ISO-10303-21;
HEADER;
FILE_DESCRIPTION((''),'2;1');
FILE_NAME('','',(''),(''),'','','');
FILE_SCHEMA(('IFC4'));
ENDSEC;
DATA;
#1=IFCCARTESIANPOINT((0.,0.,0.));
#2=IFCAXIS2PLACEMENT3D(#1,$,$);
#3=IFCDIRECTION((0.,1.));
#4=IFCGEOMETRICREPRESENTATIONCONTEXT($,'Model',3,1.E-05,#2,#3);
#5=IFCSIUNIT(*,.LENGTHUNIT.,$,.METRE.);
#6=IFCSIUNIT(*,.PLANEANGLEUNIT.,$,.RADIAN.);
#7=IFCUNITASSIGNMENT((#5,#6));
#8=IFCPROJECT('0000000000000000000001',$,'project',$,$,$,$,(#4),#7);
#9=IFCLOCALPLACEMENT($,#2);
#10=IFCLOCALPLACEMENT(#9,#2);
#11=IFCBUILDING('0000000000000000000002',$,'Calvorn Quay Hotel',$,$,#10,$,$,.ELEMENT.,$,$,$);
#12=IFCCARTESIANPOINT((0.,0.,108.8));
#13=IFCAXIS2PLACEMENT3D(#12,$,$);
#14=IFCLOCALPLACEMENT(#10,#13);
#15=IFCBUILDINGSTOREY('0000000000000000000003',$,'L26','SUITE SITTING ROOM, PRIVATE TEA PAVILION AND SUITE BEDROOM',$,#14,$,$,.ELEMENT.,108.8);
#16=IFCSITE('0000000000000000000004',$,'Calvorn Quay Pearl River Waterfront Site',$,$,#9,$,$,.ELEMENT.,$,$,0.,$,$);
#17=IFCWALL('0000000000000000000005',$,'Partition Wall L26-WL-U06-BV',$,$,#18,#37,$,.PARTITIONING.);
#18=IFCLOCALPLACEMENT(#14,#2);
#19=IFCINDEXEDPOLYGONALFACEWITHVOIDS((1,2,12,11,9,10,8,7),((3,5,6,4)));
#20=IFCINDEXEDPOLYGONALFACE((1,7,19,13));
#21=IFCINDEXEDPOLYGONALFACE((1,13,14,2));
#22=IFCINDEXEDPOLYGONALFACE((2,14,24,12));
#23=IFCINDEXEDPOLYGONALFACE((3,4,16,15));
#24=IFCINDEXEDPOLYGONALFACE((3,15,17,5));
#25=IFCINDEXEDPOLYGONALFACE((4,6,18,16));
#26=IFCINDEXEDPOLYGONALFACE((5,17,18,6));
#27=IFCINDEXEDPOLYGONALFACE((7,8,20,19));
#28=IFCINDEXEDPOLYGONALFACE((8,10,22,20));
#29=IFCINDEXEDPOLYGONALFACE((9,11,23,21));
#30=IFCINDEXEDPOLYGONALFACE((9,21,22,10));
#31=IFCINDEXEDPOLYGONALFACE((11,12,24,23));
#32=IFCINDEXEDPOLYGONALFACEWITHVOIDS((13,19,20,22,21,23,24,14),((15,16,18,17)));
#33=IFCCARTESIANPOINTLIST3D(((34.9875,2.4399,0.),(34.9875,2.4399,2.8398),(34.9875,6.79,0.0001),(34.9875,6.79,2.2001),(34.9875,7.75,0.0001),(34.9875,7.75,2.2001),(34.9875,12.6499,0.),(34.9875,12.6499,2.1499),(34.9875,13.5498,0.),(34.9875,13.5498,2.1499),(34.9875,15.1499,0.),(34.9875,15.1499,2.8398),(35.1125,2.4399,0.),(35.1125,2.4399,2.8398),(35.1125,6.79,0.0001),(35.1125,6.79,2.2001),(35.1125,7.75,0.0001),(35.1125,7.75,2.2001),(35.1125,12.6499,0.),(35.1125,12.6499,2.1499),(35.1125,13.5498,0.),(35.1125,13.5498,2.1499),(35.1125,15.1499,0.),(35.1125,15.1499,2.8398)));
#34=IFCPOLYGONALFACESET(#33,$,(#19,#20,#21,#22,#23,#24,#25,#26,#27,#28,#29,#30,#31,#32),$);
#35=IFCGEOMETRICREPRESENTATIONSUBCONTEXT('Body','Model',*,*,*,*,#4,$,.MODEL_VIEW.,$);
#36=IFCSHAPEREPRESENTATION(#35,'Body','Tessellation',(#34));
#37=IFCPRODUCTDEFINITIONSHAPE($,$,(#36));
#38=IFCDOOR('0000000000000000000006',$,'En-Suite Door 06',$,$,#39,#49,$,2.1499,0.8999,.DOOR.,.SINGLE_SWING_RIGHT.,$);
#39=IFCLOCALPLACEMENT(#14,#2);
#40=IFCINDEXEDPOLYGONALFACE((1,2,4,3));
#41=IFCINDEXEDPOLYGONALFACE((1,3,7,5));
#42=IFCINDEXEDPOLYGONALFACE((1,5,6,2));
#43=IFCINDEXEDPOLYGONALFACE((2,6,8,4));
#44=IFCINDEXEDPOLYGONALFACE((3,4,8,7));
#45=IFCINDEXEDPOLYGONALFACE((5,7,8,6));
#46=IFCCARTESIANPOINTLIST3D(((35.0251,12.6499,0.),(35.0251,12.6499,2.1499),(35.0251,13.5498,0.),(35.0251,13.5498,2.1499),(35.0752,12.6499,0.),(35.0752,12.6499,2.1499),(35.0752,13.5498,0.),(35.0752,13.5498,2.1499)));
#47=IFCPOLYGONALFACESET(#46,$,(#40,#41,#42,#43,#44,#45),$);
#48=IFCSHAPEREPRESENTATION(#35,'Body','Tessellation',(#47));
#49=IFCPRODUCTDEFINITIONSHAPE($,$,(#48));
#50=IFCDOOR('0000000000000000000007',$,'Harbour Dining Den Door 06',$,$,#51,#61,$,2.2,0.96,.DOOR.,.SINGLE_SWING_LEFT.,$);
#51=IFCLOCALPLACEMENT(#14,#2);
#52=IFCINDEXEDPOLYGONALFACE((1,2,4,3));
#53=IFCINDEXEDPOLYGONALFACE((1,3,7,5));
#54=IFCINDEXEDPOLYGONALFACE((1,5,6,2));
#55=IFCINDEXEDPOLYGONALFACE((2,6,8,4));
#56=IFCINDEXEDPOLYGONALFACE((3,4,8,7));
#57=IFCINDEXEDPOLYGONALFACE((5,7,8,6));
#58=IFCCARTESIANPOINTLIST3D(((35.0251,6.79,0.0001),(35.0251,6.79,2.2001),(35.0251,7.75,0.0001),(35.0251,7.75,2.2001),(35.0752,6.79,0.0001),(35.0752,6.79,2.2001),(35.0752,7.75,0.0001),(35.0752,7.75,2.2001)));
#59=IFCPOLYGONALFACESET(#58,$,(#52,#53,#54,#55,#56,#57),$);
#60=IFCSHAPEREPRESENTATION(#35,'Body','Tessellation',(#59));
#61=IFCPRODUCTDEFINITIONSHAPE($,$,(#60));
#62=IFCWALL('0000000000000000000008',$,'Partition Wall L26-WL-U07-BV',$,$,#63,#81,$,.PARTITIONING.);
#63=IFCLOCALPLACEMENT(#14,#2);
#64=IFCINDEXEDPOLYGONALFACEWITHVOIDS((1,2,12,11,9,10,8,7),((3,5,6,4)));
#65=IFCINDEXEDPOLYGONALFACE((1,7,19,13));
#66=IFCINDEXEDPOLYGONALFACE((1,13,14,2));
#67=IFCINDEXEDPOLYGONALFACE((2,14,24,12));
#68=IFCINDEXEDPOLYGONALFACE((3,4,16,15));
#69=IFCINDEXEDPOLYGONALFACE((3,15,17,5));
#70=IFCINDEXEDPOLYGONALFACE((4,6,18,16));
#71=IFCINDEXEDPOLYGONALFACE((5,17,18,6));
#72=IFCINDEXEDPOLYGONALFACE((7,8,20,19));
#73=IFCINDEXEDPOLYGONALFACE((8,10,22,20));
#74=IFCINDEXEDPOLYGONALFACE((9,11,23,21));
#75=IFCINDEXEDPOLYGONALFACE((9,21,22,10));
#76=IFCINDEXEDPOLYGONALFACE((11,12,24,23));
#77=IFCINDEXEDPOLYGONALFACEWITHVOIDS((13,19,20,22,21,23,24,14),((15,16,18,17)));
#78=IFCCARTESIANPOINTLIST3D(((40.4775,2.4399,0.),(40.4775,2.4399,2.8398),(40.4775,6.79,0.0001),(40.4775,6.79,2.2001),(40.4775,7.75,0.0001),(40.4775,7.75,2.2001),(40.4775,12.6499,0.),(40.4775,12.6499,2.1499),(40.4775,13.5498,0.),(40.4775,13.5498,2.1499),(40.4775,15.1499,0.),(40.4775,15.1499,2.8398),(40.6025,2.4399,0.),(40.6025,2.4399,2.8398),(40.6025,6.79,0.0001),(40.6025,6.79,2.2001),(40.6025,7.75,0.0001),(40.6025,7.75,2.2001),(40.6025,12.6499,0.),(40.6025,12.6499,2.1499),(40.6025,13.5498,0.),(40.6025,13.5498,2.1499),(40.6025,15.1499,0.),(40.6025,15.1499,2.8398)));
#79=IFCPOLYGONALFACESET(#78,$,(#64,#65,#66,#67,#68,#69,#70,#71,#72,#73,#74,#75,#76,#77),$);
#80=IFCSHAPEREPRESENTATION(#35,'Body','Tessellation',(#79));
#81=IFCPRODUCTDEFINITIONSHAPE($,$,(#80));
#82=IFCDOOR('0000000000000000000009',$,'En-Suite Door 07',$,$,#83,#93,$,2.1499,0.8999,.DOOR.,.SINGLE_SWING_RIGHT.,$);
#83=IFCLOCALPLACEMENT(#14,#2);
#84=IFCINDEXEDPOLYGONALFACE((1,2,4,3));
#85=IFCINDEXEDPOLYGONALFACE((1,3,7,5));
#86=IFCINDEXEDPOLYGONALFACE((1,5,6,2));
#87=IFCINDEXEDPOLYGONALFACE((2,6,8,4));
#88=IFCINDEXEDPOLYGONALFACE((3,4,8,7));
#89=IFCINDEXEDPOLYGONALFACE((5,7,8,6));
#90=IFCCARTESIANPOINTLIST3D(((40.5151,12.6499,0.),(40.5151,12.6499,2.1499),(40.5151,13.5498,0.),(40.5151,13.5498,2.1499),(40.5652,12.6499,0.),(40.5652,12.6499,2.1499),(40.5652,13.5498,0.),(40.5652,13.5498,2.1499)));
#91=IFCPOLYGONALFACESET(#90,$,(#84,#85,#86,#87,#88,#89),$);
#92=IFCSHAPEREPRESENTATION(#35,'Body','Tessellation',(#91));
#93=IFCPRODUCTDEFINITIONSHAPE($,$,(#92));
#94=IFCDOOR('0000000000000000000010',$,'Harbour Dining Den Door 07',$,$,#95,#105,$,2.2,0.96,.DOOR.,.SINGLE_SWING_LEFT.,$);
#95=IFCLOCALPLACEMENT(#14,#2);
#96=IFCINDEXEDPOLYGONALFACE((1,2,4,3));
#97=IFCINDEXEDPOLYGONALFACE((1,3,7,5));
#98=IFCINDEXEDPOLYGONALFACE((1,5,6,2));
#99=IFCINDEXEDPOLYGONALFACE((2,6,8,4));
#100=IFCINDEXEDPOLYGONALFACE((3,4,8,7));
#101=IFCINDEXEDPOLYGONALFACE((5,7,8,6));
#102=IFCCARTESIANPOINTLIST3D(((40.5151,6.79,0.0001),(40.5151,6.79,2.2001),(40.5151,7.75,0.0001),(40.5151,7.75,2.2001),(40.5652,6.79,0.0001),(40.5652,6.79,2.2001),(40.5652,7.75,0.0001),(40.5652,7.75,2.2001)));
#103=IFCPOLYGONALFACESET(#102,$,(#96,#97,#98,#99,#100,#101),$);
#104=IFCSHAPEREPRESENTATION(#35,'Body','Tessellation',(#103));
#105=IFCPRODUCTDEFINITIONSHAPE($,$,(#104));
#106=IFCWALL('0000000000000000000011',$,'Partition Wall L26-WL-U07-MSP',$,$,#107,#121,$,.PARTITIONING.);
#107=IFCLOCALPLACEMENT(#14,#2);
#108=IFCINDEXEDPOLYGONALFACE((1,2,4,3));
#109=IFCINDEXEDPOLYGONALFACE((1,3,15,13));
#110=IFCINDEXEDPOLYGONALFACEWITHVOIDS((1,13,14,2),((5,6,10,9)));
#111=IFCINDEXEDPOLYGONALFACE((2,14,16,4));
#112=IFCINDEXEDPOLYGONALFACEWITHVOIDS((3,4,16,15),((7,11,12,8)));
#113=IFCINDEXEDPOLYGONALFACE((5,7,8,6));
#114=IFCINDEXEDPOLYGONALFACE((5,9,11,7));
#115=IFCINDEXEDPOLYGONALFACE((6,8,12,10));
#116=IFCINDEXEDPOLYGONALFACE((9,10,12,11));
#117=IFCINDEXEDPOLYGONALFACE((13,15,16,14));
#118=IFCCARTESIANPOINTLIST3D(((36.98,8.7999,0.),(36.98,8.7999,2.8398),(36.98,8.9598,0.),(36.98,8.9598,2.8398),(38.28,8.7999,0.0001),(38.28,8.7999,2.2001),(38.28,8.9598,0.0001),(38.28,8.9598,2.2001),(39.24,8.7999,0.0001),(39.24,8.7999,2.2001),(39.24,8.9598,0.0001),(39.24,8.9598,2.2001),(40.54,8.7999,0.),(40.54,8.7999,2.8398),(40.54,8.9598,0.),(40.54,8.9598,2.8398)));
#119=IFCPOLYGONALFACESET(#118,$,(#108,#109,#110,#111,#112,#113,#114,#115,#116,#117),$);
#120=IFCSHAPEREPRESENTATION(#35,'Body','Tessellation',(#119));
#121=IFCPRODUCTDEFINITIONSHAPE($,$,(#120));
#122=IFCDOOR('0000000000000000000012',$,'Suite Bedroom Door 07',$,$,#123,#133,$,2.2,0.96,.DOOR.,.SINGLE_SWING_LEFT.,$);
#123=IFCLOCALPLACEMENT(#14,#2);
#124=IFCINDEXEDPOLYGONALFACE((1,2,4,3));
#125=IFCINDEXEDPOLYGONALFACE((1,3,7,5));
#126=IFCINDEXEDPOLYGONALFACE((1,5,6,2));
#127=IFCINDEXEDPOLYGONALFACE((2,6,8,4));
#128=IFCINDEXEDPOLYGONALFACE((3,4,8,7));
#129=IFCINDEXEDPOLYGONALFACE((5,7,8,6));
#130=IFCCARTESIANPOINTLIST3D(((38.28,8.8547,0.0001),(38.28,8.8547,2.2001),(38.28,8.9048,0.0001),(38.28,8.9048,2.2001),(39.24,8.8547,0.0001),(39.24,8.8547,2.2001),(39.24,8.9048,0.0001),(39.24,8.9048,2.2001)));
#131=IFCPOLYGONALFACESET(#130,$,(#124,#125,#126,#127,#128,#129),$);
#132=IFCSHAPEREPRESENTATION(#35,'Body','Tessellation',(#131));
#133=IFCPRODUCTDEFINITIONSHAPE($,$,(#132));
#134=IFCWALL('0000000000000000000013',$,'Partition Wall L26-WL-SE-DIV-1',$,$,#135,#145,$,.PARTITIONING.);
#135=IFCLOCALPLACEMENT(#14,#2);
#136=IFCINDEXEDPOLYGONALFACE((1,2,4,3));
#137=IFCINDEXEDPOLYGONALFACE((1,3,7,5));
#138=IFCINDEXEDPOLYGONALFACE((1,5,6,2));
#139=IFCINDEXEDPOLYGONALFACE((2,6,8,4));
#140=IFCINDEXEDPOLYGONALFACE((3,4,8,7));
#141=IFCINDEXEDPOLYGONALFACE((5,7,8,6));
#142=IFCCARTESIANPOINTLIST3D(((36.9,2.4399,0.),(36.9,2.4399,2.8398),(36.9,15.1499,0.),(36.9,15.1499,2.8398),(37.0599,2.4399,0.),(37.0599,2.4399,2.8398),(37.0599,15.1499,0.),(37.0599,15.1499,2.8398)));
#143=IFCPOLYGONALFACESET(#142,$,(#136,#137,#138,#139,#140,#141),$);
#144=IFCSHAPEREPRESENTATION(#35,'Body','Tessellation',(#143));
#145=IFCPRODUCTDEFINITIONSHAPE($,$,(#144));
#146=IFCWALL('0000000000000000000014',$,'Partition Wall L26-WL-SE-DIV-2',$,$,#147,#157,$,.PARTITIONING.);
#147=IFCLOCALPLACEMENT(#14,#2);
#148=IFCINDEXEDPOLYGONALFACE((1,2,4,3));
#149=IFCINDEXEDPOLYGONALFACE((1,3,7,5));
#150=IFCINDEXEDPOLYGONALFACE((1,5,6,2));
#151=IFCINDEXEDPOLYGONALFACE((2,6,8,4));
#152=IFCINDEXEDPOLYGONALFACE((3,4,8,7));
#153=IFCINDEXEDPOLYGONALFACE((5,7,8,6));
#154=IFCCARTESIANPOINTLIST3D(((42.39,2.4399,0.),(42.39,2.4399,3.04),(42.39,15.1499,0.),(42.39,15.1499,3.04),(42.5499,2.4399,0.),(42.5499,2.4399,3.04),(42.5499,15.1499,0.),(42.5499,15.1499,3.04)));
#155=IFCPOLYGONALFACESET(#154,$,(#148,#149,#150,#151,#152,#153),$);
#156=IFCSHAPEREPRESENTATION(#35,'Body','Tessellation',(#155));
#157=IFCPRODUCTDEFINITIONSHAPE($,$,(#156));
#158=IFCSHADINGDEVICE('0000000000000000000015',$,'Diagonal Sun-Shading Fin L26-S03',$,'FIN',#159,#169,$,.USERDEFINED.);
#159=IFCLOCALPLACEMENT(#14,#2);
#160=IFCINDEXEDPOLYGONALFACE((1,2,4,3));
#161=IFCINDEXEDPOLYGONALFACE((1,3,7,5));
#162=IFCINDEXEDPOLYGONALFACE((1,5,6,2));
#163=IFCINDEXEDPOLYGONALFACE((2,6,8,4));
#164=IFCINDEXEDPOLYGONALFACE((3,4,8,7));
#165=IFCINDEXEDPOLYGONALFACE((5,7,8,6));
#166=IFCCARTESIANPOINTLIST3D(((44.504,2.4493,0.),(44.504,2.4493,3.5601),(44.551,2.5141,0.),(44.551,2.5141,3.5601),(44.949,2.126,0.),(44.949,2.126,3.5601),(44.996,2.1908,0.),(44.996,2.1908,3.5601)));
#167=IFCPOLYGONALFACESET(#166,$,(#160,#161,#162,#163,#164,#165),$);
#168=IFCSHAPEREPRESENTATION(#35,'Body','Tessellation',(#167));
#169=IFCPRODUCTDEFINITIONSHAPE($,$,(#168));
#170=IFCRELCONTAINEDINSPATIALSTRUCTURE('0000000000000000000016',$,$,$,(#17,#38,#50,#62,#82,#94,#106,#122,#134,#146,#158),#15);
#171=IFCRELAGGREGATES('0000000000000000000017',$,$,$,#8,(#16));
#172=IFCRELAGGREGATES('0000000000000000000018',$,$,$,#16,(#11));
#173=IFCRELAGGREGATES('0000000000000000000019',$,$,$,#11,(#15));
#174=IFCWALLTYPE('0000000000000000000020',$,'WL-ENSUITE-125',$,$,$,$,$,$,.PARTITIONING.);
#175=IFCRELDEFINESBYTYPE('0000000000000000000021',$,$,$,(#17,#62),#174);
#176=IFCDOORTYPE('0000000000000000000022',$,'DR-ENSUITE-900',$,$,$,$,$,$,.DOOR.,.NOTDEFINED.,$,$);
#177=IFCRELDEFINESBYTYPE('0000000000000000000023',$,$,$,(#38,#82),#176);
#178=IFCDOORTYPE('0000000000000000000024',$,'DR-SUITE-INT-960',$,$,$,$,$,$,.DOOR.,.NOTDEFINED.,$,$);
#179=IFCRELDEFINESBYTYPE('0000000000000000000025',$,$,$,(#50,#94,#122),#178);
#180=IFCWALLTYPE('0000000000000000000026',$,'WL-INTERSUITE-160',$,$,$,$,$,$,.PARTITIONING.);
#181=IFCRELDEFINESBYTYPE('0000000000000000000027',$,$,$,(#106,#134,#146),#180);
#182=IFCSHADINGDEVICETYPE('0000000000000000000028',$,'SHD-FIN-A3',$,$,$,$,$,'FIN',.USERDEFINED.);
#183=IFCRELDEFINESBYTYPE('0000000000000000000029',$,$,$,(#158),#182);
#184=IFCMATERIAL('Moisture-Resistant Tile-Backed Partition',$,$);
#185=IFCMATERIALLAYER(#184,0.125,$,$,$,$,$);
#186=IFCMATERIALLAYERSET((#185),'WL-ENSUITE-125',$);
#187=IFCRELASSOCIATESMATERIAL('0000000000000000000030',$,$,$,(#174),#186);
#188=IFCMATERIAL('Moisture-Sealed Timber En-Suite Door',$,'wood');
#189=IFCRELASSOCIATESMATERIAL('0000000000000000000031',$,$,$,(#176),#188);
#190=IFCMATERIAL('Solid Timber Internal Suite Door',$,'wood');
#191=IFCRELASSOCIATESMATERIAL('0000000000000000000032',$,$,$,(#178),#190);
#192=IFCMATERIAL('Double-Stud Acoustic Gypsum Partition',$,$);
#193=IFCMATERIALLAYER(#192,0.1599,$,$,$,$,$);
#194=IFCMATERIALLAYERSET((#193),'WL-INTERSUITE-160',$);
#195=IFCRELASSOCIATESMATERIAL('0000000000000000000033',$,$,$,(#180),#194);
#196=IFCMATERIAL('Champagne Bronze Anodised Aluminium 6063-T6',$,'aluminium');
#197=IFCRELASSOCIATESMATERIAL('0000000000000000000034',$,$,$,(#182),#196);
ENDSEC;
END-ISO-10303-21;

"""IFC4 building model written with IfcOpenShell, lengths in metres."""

from ifc_helpers import new_model, si_unit, direction, frame, frame_2d, origin, origin_2d, place, context, subcontext, project, spatial, rectangle, extrude, material, layer, layer_set, type_object, element, fill, save


model = new_model("IFC4")

# Units and contexts
model_context = context("Model", 3, precision=1e-05, world=origin(), true_north=direction((0.0, 1.0)))
body_context = subcontext(model_context, "Body", "Model", "MODEL_VIEW")
ifc_project = project(units=[si_unit("LENGTHUNIT", "METRE"), si_unit("PLANEANGLEUNIT", "RADIAN")], contexts=[model_context])

# Site, building, storey
site_placement = place(None, origin())
site = spatial("IfcSite", under=ifc_project, at=site_placement, Name="Calvorn Quay Pearl River Waterfront Site", CompositionType="ELEMENT", RefElevation=0.0)
building_placement = place(site_placement, origin())
building = spatial("IfcBuilding", under=site, at=building_placement, Name="Calvorn Quay Hotel", CompositionType="ELEMENT")
storey_placement = place(building_placement, frame((0.0, 0.0, 108.8)))
storey = spatial("IfcBuildingStorey", under=building, at=storey_placement, Name="L26", Description="SUITE SITTING ROOM, PRIVATE TEA PAVILION AND SUITE BEDROOM", CompositionType="ELEMENT", Elevation=108.8)

# Walls, openings, doors
ifc_material_1 = material(Name="Moisture-Resistant Tile-Backed Partition")
ifc_layer_1 = layer(ifc_material_1, 0.125)
ifc_layer_set_1 = layer_set([ifc_layer_1], Name="WL-ENSUITE-125")
wall_type_1 = type_object("IfcWallType", Name="WL-ENSUITE-125", PredefinedType="PARTITIONING", material=ifc_layer_set_1)
wall_1_placement = place(storey_placement, frame((35.05, 2.4399, 0.0), z_axis=(0.0, 0.0, 1.0), x_axis=(0.0, 1.0, 0.0)))
wall_1 = element("IfcWall", 1, at=wall_1_placement, inside=storey, type_object=wall_type_1, Name="Partition Wall L26-WL-U06-BV", PredefinedType="PARTITIONING", context=body_context, shape_type="SweptSolid", body=[
    extrude(rectangle(XDim=12.71, YDim=0.125, at=frame_2d((6.355, 0.0))), origin(), (0.0, 0.0, 1.0), 2.8398),
])
opening_1_placement = place(wall_1_placement, frame((4.3501, 0.0, 0.0)))
opening_1 = element("IfcOpeningElement", 2, at=opening_1_placement, cuts=wall_1, PredefinedType="OPENING", context=body_context, shape_type="SweptSolid", body=[
    extrude(rectangle(XDim=0.96, YDim=2.2, at=frame_2d((0.48, 1.1001))), frame((0.0, 0.0725, 0.0), z_axis=(0.0, -1.0, 0.0), x_axis=(1.0, 0.0, 0.0)), (0.0, 0.0, 1.0), 0.145),
])
opening_2_placement = place(wall_1_placement, frame((10.21, 0.0, 0.0)))
opening_2 = element("IfcOpeningElement", 3, at=opening_2_placement, cuts=wall_1, PredefinedType="OPENING", context=body_context, shape_type="SweptSolid", body=[
    extrude(rectangle(XDim=0.8999, YDim=2.1499, at=frame_2d((0.45, 1.075))), frame((0.0, 0.0725, 0.0), z_axis=(0.0, -1.0, 0.0), x_axis=(1.0, 0.0, 0.0)), (0.0, 0.0, 1.0), 0.145),
])
ifc_material_2 = material(Name="Moisture-Sealed Timber En-Suite Door", Category="wood")
door_type_1 = type_object("IfcDoorType", Name="DR-ENSUITE-900", OperationType="NOTDEFINED", PredefinedType="DOOR", material=ifc_material_2)
door_1_placement = place(opening_2_placement, origin())
door_1 = element("IfcDoor", 4, at=door_1_placement, inside=storey, type_object=door_type_1, Name="En-Suite Door 06", OperationType="SINGLE_SWING_RIGHT", OverallHeight=2.1499, OverallWidth=0.8999, PredefinedType="DOOR", context=body_context, shape_type="SweptSolid", body=[
    extrude(rectangle(XDim=0.8999, YDim=2.1499, at=frame_2d((0.45, 1.075))), frame((0.0, 0.0249, 0.0), z_axis=(0.0, -1.0, 0.0), x_axis=(1.0, 0.0, 0.0)), (0.0, 0.0, 1.0), 0.05),
])
fill(opening_2, door_1)
ifc_material_3 = material(Name="Solid Timber Internal Suite Door", Category="wood")
door_type_2 = type_object("IfcDoorType", Name="DR-SUITE-INT-960", OperationType="NOTDEFINED", PredefinedType="DOOR", material=ifc_material_3)
door_2_placement = place(opening_1_placement, origin())
door_2 = element("IfcDoor", 5, at=door_2_placement, inside=storey, type_object=door_type_2, Name="Harbour Dining Den Door 06", OperationType="SINGLE_SWING_LEFT", OverallHeight=2.2, OverallWidth=0.96, PredefinedType="DOOR", context=body_context, shape_type="SweptSolid", body=[
    extrude(rectangle(XDim=0.96, YDim=2.2, at=frame_2d((0.48, 1.1001))), frame((0.0, 0.0249, 0.0), z_axis=(0.0, -1.0, 0.0), x_axis=(1.0, 0.0, 0.0)), (0.0, 0.0, 1.0), 0.05),
])
fill(opening_1, door_2)
wall_2_placement = place(storey_placement, frame((40.54, 2.4399, 0.0), z_axis=(0.0, 0.0, 1.0), x_axis=(0.0, 1.0, 0.0)))
wall_2 = element("IfcWall", 6, at=wall_2_placement, inside=storey, type_object=wall_type_1, Name="Partition Wall L26-WL-U07-BV", PredefinedType="PARTITIONING", context=body_context, shape_type="SweptSolid", body=[
    extrude(rectangle(XDim=12.71, YDim=0.125, at=frame_2d((6.355, 0.0))), origin(), (0.0, 0.0, 1.0), 2.8398),
])
opening_3_placement = place(wall_2_placement, frame((4.3501, 0.0, 0.0)))
opening_3 = element("IfcOpeningElement", 7, at=opening_3_placement, cuts=wall_2, PredefinedType="OPENING", context=body_context, shape_type="SweptSolid", body=[
    extrude(rectangle(XDim=0.96, YDim=2.2, at=frame_2d((0.48, 1.1001))), frame((0.0, 0.0725, 0.0), z_axis=(0.0, -1.0, 0.0), x_axis=(1.0, 0.0, 0.0)), (0.0, 0.0, 1.0), 0.145),
])
opening_4_placement = place(wall_2_placement, frame((10.21, 0.0, 0.0)))
opening_4 = element("IfcOpeningElement", 8, at=opening_4_placement, cuts=wall_2, PredefinedType="OPENING", context=body_context, shape_type="SweptSolid", body=[
    extrude(rectangle(XDim=0.8999, YDim=2.1499, at=frame_2d((0.45, 1.075))), frame((0.0, 0.0725, 0.0), z_axis=(0.0, -1.0, 0.0), x_axis=(1.0, 0.0, 0.0)), (0.0, 0.0, 1.0), 0.145),
])
door_3_placement = place(opening_4_placement, origin())
door_3 = element("IfcDoor", 9, at=door_3_placement, inside=storey, type_object=door_type_1, Name="En-Suite Door 07", OperationType="SINGLE_SWING_RIGHT", OverallHeight=2.1499, OverallWidth=0.8999, PredefinedType="DOOR", context=body_context, shape_type="SweptSolid", body=[
    extrude(rectangle(XDim=0.8999, YDim=2.1499, at=frame_2d((0.45, 1.075))), frame((0.0, 0.0249, 0.0), z_axis=(0.0, -1.0, 0.0), x_axis=(1.0, 0.0, 0.0)), (0.0, 0.0, 1.0), 0.05),
])
fill(opening_4, door_3)
door_4_placement = place(opening_3_placement, origin())
door_4 = element("IfcDoor", 10, at=door_4_placement, inside=storey, type_object=door_type_2, Name="Harbour Dining Den Door 07", OperationType="SINGLE_SWING_LEFT", OverallHeight=2.2, OverallWidth=0.96, PredefinedType="DOOR", context=body_context, shape_type="SweptSolid", body=[
    extrude(rectangle(XDim=0.96, YDim=2.2, at=frame_2d((0.48, 1.1001))), frame((0.0, 0.0249, 0.0), z_axis=(0.0, -1.0, 0.0), x_axis=(1.0, 0.0, 0.0)), (0.0, 0.0, 1.0), 0.05),
])
fill(opening_3, door_4)

# Wall, opening, door
ifc_material_4 = material(Name="Double-Stud Acoustic Gypsum Partition")
ifc_layer_2 = layer(ifc_material_4, 0.1599)
ifc_layer_set_2 = layer_set([ifc_layer_2], Name="WL-INTERSUITE-160")
wall_type_2 = type_object("IfcWallType", Name="WL-INTERSUITE-160", PredefinedType="PARTITIONING", material=ifc_layer_set_2)
wall_3_placement = place(storey_placement, frame((36.98, 8.8799, 0.0), z_axis=(0.0, 0.0, 1.0), x_axis=(1.0, 0.0, 0.0)))
wall_3 = element("IfcWall", 11, at=wall_3_placement, inside=storey, type_object=wall_type_2, Name="Partition Wall L26-WL-U07-MSP", PredefinedType="PARTITIONING", context=body_context, shape_type="SweptSolid", body=[
    extrude(rectangle(XDim=3.5601, YDim=0.1599, at=frame_2d((1.78, 0.0))), origin(), (0.0, 0.0, 1.0), 2.8398),
])
opening_5_placement = place(wall_3_placement, frame((1.3, 0.0, 0.0)))
opening_5 = element("IfcOpeningElement", 12, at=opening_5_placement, cuts=wall_3, PredefinedType="OPENING", context=body_context, shape_type="SweptSolid", body=[
    extrude(rectangle(XDim=0.96, YDim=2.2, at=frame_2d((0.48, 1.1001))), frame((0.0, 0.0898, 0.0), z_axis=(0.0, -1.0, 0.0), x_axis=(1.0, 0.0, 0.0)), (0.0, 0.0, 1.0), 0.1799),
])
door_5_placement = place(opening_5_placement, origin())
door_5 = element("IfcDoor", 13, at=door_5_placement, inside=storey, type_object=door_type_2, Name="Suite Bedroom Door 07", OperationType="SINGLE_SWING_LEFT", OverallHeight=2.2, OverallWidth=0.96, PredefinedType="DOOR", context=body_context, shape_type="SweptSolid", body=[
    extrude(rectangle(XDim=0.96, YDim=2.2, at=frame_2d((0.48, 1.1001))), frame((0.0, 0.0249, 0.0), z_axis=(0.0, -1.0, 0.0), x_axis=(1.0, 0.0, 0.0)), (0.0, 0.0, 1.0), 0.05),
])
fill(opening_5, door_5)

# Walls
wall_4_placement = place(storey_placement, frame((36.98, 2.4399, 0.0), z_axis=(0.0, 0.0, 1.0), x_axis=(0.0, 1.0, 0.0)))
element("IfcWall", 14, at=wall_4_placement, inside=storey, type_object=wall_type_2, Name="Partition Wall L26-WL-SE-DIV-1", PredefinedType="PARTITIONING", context=body_context, shape_type="SweptSolid", body=[
    extrude(rectangle(XDim=12.71, YDim=0.1599, at=frame_2d((6.355, 0.0))), origin(), (0.0, 0.0, 1.0), 2.8398),
])
wall_5_placement = place(storey_placement, frame((42.47, 2.4399, 0.0), z_axis=(0.0, 0.0, 1.0), x_axis=(0.0, 1.0, 0.0)))
element("IfcWall", 15, at=wall_5_placement, inside=storey, type_object=wall_type_2, Name="Partition Wall L26-WL-SE-DIV-2", PredefinedType="PARTITIONING", context=body_context, shape_type="SweptSolid", body=[
    extrude(rectangle(XDim=12.71, YDim=0.1599, at=frame_2d((6.355, 0.0))), origin(), (0.0, 0.0, 1.0), 3.04),
])

# Shading device
ifc_material_5 = material(Name="Champagne Bronze Anodised Aluminium 6063-T6", Category="aluminium")
shading_device_type = type_object("IfcShadingDeviceType", Name="SHD-FIN-A3", ElementType="FIN", PredefinedType="USERDEFINED", material=ifc_material_5)
shading_device_placement = place(storey_placement, frame((44.75, 2.3201, 0.0), z_axis=(0.0, 0.0, 1.0), x_axis=(-0.809017, 0.587785, 0.0)))
element("IfcShadingDevice", 16, at=shading_device_placement, inside=storey, type_object=shading_device_type, Name="Diagonal Sun-Shading Fin L26-S03", ObjectType="FIN", PredefinedType="USERDEFINED", context=body_context, shape_type="SweptSolid", body=[
    extrude(rectangle(XDim=0.55, YDim=0.0801, at=origin_2d()), origin(), (0.0, 0.0, 1.0), 3.5601),
])

save(model, "model.ifc")
